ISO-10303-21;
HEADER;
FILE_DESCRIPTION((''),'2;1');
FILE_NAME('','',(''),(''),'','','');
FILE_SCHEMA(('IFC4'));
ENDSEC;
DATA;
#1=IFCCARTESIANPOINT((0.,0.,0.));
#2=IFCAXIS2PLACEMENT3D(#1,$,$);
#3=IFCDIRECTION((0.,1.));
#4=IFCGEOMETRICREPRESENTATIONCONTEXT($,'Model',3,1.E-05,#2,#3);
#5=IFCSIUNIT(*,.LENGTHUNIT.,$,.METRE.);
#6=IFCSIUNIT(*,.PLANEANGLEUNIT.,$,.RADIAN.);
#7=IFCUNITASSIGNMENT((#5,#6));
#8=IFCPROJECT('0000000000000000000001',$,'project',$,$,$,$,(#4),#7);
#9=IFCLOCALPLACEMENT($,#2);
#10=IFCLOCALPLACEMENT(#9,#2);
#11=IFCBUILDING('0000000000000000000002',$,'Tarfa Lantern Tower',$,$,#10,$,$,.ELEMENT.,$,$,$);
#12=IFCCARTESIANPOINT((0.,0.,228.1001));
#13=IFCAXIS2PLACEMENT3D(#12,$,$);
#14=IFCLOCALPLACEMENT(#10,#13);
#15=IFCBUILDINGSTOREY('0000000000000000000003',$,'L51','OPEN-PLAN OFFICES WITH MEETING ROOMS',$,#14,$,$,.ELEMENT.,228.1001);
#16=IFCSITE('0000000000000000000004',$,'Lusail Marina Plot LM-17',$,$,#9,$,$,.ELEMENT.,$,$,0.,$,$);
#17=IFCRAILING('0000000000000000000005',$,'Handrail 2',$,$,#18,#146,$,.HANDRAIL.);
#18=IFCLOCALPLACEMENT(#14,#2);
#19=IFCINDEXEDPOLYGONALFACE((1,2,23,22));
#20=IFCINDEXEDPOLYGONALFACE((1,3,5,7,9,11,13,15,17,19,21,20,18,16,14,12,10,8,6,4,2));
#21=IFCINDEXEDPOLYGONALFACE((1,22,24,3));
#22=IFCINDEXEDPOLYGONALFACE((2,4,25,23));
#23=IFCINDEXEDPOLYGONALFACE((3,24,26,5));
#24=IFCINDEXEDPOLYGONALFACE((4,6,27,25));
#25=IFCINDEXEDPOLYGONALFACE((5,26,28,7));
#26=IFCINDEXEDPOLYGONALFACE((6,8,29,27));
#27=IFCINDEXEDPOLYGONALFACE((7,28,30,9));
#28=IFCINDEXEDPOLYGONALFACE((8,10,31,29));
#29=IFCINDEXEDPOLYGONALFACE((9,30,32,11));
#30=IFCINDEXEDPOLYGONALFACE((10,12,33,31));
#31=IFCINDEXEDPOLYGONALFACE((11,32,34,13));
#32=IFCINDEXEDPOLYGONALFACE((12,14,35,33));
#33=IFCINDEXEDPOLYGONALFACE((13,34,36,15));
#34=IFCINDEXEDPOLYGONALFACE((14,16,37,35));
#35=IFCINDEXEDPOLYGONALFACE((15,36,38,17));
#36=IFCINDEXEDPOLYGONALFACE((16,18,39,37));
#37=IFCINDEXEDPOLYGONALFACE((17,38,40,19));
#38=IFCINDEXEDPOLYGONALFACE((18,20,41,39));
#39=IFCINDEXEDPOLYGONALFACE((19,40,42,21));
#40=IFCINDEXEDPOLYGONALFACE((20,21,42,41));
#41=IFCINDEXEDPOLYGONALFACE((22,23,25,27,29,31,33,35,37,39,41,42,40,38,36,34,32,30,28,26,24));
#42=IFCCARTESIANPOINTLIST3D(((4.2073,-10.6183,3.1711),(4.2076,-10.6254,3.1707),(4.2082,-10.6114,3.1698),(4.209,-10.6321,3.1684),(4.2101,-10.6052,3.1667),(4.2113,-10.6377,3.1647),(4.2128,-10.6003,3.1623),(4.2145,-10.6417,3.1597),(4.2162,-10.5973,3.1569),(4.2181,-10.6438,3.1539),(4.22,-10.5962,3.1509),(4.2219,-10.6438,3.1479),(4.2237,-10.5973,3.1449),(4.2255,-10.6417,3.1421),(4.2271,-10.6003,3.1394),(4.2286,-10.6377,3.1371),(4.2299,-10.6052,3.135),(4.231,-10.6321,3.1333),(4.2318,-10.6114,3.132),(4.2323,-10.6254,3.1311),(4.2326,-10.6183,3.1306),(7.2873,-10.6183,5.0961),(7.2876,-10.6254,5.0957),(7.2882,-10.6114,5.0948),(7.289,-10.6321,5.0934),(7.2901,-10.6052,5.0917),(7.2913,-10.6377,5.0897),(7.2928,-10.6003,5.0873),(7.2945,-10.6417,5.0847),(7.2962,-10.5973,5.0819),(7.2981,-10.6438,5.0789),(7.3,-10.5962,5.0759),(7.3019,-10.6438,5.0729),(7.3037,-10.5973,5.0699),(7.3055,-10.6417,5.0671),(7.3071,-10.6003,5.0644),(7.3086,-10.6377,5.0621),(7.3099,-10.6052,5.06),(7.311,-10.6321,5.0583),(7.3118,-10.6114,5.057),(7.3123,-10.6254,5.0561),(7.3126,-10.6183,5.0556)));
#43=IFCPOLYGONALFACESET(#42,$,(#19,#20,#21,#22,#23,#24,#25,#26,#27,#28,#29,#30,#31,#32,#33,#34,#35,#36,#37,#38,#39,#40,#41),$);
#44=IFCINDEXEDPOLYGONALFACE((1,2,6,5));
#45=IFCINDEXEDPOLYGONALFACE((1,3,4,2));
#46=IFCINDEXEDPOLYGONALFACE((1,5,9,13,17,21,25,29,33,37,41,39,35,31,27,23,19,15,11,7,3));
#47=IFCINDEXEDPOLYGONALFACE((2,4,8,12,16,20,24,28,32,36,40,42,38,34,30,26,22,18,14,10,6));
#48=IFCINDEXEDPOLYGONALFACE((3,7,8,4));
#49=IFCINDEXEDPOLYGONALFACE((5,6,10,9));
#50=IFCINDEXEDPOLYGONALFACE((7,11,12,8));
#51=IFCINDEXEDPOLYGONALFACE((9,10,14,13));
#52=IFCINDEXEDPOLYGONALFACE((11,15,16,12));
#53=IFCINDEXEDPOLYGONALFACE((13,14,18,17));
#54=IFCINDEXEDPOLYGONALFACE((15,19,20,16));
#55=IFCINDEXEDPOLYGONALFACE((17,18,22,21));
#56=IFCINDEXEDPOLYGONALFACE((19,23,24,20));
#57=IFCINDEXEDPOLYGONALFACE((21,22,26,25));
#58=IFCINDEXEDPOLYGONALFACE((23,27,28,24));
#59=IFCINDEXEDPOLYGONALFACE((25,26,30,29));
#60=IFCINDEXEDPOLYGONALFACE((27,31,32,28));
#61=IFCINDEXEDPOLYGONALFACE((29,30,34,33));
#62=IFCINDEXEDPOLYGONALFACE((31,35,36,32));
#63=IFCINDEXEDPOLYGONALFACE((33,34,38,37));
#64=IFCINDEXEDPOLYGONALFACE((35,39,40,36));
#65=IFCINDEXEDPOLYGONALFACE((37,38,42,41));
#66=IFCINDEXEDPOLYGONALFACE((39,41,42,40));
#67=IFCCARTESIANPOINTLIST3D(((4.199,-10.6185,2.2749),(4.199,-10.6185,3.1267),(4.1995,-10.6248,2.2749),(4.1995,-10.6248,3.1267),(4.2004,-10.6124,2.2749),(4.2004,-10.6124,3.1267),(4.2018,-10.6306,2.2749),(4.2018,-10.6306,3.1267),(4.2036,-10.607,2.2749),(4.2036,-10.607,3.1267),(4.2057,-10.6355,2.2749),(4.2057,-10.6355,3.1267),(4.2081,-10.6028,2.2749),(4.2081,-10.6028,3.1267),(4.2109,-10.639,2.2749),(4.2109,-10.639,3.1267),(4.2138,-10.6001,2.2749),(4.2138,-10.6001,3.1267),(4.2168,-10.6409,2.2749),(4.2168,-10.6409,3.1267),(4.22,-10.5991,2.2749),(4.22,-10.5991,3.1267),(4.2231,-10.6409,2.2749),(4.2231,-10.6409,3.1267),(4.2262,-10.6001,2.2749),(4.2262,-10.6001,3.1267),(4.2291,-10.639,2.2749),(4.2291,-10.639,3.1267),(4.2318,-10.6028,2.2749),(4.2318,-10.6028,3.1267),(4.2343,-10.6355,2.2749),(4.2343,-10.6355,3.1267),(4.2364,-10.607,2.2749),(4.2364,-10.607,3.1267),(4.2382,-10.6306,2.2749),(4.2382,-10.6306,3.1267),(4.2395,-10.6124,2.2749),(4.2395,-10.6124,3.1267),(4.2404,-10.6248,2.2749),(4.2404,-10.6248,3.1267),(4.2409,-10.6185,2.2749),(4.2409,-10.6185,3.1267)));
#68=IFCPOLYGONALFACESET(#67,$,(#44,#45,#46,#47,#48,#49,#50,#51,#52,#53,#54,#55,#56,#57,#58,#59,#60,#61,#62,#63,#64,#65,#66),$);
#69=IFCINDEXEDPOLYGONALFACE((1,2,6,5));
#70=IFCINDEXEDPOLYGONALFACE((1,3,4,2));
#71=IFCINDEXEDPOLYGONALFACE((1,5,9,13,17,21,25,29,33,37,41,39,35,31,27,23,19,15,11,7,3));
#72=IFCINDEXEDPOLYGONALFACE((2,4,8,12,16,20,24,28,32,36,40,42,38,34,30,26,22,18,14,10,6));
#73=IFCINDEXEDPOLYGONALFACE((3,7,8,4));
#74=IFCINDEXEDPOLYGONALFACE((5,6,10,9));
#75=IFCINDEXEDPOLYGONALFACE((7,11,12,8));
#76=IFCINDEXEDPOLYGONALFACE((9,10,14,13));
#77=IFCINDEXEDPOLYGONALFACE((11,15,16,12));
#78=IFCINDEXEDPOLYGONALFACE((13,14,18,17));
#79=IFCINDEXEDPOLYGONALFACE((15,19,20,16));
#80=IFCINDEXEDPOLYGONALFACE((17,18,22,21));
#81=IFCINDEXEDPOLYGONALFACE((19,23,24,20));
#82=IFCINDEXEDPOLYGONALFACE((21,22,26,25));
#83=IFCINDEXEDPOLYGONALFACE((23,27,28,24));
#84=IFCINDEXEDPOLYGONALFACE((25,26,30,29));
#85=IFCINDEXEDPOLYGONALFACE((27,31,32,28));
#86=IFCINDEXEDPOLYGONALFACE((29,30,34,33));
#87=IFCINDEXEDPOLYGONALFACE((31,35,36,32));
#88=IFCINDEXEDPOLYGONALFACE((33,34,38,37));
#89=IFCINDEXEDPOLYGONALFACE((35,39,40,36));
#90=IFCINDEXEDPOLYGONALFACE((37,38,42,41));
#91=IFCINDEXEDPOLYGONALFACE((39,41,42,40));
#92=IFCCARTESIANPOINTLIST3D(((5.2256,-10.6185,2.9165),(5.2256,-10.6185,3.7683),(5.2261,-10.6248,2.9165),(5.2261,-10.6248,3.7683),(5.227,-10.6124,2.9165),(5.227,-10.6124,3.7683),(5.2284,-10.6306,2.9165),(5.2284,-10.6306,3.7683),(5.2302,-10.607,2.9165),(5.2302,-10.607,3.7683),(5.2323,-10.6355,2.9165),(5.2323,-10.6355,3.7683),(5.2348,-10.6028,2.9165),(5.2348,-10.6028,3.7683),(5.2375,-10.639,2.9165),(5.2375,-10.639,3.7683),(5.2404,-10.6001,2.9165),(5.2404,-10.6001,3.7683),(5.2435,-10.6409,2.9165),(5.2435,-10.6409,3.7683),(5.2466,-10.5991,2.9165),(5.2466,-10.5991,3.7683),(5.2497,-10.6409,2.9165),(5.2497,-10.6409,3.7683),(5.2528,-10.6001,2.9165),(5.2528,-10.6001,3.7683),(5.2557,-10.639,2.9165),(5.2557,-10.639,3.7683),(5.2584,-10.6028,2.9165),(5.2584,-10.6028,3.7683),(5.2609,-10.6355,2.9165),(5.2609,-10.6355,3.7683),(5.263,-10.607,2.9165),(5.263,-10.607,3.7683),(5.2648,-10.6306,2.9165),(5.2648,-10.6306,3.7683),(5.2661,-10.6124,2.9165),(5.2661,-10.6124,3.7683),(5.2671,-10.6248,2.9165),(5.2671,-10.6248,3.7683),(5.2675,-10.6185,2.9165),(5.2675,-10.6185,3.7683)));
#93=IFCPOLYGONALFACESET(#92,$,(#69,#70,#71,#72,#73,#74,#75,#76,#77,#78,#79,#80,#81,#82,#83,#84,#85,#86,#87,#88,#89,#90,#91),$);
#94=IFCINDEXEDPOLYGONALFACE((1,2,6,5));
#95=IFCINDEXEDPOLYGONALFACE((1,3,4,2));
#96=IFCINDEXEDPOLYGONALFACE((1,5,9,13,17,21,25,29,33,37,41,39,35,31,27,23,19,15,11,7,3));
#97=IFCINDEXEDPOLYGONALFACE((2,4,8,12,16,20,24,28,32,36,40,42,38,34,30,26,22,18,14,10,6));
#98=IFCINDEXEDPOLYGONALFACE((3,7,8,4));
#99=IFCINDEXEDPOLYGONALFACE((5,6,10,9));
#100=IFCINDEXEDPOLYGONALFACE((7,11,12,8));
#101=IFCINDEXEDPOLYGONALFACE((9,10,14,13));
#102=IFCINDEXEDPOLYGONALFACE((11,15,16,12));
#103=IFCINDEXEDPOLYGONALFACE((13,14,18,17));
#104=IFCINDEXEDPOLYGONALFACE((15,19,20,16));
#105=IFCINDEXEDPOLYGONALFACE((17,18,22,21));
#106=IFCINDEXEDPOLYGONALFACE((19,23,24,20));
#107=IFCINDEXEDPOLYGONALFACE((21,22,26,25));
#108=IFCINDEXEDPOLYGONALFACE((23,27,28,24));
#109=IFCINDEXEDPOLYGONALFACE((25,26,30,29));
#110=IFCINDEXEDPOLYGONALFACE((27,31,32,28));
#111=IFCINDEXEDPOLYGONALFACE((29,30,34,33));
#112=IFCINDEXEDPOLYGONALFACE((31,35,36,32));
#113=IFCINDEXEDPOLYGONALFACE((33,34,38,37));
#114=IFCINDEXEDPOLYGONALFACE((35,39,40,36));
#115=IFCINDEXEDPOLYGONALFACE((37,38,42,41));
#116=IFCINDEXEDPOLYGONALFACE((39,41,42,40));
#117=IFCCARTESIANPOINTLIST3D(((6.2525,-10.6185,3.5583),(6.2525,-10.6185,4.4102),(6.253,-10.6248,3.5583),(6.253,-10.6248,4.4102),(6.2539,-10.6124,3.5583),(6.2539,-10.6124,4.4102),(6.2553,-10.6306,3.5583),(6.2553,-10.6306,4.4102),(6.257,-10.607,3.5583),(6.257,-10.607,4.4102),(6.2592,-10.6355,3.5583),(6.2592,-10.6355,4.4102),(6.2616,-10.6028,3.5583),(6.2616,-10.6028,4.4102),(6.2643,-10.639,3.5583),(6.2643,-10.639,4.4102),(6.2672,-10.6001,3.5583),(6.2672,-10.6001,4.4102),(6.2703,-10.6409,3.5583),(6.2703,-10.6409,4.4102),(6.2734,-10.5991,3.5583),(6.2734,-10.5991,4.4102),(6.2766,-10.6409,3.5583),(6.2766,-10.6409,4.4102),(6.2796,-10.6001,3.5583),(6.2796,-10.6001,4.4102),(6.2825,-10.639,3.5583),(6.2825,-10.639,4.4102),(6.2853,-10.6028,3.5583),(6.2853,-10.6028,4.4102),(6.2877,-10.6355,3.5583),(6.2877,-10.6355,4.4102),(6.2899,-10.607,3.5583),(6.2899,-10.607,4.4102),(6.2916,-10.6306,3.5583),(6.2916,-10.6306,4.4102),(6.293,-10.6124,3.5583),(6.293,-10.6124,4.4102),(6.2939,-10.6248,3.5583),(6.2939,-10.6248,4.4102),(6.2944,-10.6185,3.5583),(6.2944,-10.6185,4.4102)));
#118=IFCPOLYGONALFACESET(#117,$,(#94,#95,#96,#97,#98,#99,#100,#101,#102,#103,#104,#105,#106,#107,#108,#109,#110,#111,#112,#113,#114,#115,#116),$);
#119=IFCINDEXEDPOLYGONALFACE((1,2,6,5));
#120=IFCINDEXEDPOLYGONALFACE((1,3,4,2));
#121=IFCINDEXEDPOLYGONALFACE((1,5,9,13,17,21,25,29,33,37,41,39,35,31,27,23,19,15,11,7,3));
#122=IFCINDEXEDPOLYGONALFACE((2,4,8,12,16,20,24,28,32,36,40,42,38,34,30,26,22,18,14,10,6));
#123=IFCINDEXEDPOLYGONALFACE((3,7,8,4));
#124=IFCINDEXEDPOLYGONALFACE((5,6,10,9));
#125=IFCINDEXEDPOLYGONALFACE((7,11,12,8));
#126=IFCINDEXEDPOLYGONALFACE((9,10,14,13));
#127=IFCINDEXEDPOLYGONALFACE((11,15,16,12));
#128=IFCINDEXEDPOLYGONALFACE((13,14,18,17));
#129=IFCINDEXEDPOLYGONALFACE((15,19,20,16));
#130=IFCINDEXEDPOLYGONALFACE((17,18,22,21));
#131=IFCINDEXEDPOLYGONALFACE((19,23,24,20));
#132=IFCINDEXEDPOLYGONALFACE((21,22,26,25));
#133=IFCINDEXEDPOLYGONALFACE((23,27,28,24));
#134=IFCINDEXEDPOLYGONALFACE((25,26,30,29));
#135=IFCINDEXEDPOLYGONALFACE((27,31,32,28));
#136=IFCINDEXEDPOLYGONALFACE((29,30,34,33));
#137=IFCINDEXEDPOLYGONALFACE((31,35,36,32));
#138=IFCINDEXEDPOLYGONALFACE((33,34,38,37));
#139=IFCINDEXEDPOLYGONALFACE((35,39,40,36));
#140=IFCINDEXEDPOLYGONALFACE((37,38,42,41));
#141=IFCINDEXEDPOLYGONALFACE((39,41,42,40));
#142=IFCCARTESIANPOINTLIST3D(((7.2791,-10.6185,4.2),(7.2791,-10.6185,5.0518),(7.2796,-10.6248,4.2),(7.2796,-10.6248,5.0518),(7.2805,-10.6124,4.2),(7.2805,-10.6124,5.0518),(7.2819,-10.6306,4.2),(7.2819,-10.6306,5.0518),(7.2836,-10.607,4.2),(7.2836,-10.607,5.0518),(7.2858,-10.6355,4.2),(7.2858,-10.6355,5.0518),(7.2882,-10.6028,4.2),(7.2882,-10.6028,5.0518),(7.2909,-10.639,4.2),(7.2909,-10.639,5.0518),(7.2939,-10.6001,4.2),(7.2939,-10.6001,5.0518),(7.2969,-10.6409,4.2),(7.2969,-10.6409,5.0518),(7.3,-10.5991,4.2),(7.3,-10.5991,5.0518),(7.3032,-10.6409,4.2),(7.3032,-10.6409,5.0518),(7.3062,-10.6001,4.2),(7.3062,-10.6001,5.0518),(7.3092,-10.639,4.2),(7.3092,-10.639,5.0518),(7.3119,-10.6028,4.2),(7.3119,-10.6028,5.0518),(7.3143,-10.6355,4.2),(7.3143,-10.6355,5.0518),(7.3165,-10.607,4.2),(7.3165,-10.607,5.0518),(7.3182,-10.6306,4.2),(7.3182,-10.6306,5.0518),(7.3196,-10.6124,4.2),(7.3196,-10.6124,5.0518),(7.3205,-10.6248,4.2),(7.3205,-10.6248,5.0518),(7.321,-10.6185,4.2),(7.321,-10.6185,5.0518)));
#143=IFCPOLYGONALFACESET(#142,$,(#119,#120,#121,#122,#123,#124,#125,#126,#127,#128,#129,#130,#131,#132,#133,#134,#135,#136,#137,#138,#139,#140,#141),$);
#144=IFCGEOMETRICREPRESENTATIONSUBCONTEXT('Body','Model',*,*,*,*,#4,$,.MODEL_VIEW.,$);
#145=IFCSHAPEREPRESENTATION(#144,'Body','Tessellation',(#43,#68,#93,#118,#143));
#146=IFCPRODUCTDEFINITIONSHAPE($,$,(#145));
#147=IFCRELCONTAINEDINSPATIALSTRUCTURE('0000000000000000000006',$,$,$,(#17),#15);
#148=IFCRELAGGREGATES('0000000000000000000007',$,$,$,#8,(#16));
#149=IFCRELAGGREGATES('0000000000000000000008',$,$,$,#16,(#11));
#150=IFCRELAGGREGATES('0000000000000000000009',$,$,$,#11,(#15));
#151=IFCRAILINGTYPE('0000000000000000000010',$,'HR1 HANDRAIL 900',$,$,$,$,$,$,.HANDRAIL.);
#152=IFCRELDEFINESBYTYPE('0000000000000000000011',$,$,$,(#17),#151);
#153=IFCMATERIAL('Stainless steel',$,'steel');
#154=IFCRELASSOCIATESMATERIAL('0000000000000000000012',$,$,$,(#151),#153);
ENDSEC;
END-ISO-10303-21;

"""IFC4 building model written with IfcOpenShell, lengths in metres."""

from ifc_helpers import new_model, si_unit, direction, frame, origin, origin_2d, place, context, subcontext, project, spatial, circle, extrude, material, type_object, element, save


model = new_model("IFC4")

# Units and contexts
model_context = context("Model", 3, precision=1e-05, world=origin(), true_north=direction((0.0, 1.0)))
body_context = subcontext(model_context, "Body", "Model", "MODEL_VIEW")
ifc_project = project(units=[si_unit("LENGTHUNIT", "METRE"), si_unit("PLANEANGLEUNIT", "RADIAN")], contexts=[model_context])

# Site, building, storey
site_placement = place(None, origin())
site = spatial("IfcSite", under=ifc_project, at=site_placement, Name="Lusail Marina Plot LM-17", CompositionType="ELEMENT", RefElevation=0.0)
building_placement = place(site_placement, origin())
building = spatial("IfcBuilding", under=site, at=building_placement, Name="Tarfa Lantern Tower", CompositionType="ELEMENT")
storey_placement = place(building_placement, frame((0.0, 0.0, 228.1001)))
storey = spatial("IfcBuildingStorey", under=building, at=storey_placement, Name="L51", Description="OPEN-PLAN OFFICES WITH MEETING ROOMS", CompositionType="ELEMENT", Elevation=228.1001)

# Railing
ifc_material_1 = material(Name="Stainless steel", Category="steel")
railing_type = type_object("IfcRailingType", Name="HR1 HANDRAIL 900", PredefinedType="HANDRAIL", material=ifc_material_1)
railing_1_placement = place(storey_placement, frame((4.22, -10.6201, 2.2749)))
element("IfcRailing", 1, at=railing_1_placement, inside=storey, type_object=railing_type, Name="Handrail 2", PredefinedType="HANDRAIL", context=body_context, shape_type="SweptSolid", body=[
    extrude(circle(Radius=0.0239, at=origin_2d()), frame((0.0, 0.0, 0.876), z_axis=(0.847998, 0.0, 0.529999), x_axis=(0.0, 1.0, 0.0)), (0.0, 0.0, 1.0), 3.6321),
    extrude(circle(Radius=0.021, at=origin_2d()), frame((0.0, 0.0, 0.0), z_axis=(0.0, 0.0, 1.0), x_axis=(0.0, 1.0, 0.0)), (0.0, 0.0, 1.0), 0.8518),
    extrude(circle(Radius=0.021, at=origin_2d()), frame((1.0266, 0.0, 0.6416), z_axis=(0.0, 0.0, 1.0), x_axis=(0.0, 1.0, 0.0)), (0.0, 0.0, 1.0), 0.8518),
    extrude(circle(Radius=0.021, at=origin_2d()), frame((2.0535, 0.0, 1.2834), z_axis=(0.0, 0.0, 1.0), x_axis=(0.0, 1.0, 0.0)), (0.0, 0.0, 1.0), 0.8518),
    extrude(circle(Radius=0.021, at=origin_2d()), frame((3.0801, 0.0, 1.925), z_axis=(0.0, 0.0, 1.0), x_axis=(0.0, 1.0, 0.0)), (0.0, 0.0, 1.0), 0.8518),
])

save(model, "model.ifc")
